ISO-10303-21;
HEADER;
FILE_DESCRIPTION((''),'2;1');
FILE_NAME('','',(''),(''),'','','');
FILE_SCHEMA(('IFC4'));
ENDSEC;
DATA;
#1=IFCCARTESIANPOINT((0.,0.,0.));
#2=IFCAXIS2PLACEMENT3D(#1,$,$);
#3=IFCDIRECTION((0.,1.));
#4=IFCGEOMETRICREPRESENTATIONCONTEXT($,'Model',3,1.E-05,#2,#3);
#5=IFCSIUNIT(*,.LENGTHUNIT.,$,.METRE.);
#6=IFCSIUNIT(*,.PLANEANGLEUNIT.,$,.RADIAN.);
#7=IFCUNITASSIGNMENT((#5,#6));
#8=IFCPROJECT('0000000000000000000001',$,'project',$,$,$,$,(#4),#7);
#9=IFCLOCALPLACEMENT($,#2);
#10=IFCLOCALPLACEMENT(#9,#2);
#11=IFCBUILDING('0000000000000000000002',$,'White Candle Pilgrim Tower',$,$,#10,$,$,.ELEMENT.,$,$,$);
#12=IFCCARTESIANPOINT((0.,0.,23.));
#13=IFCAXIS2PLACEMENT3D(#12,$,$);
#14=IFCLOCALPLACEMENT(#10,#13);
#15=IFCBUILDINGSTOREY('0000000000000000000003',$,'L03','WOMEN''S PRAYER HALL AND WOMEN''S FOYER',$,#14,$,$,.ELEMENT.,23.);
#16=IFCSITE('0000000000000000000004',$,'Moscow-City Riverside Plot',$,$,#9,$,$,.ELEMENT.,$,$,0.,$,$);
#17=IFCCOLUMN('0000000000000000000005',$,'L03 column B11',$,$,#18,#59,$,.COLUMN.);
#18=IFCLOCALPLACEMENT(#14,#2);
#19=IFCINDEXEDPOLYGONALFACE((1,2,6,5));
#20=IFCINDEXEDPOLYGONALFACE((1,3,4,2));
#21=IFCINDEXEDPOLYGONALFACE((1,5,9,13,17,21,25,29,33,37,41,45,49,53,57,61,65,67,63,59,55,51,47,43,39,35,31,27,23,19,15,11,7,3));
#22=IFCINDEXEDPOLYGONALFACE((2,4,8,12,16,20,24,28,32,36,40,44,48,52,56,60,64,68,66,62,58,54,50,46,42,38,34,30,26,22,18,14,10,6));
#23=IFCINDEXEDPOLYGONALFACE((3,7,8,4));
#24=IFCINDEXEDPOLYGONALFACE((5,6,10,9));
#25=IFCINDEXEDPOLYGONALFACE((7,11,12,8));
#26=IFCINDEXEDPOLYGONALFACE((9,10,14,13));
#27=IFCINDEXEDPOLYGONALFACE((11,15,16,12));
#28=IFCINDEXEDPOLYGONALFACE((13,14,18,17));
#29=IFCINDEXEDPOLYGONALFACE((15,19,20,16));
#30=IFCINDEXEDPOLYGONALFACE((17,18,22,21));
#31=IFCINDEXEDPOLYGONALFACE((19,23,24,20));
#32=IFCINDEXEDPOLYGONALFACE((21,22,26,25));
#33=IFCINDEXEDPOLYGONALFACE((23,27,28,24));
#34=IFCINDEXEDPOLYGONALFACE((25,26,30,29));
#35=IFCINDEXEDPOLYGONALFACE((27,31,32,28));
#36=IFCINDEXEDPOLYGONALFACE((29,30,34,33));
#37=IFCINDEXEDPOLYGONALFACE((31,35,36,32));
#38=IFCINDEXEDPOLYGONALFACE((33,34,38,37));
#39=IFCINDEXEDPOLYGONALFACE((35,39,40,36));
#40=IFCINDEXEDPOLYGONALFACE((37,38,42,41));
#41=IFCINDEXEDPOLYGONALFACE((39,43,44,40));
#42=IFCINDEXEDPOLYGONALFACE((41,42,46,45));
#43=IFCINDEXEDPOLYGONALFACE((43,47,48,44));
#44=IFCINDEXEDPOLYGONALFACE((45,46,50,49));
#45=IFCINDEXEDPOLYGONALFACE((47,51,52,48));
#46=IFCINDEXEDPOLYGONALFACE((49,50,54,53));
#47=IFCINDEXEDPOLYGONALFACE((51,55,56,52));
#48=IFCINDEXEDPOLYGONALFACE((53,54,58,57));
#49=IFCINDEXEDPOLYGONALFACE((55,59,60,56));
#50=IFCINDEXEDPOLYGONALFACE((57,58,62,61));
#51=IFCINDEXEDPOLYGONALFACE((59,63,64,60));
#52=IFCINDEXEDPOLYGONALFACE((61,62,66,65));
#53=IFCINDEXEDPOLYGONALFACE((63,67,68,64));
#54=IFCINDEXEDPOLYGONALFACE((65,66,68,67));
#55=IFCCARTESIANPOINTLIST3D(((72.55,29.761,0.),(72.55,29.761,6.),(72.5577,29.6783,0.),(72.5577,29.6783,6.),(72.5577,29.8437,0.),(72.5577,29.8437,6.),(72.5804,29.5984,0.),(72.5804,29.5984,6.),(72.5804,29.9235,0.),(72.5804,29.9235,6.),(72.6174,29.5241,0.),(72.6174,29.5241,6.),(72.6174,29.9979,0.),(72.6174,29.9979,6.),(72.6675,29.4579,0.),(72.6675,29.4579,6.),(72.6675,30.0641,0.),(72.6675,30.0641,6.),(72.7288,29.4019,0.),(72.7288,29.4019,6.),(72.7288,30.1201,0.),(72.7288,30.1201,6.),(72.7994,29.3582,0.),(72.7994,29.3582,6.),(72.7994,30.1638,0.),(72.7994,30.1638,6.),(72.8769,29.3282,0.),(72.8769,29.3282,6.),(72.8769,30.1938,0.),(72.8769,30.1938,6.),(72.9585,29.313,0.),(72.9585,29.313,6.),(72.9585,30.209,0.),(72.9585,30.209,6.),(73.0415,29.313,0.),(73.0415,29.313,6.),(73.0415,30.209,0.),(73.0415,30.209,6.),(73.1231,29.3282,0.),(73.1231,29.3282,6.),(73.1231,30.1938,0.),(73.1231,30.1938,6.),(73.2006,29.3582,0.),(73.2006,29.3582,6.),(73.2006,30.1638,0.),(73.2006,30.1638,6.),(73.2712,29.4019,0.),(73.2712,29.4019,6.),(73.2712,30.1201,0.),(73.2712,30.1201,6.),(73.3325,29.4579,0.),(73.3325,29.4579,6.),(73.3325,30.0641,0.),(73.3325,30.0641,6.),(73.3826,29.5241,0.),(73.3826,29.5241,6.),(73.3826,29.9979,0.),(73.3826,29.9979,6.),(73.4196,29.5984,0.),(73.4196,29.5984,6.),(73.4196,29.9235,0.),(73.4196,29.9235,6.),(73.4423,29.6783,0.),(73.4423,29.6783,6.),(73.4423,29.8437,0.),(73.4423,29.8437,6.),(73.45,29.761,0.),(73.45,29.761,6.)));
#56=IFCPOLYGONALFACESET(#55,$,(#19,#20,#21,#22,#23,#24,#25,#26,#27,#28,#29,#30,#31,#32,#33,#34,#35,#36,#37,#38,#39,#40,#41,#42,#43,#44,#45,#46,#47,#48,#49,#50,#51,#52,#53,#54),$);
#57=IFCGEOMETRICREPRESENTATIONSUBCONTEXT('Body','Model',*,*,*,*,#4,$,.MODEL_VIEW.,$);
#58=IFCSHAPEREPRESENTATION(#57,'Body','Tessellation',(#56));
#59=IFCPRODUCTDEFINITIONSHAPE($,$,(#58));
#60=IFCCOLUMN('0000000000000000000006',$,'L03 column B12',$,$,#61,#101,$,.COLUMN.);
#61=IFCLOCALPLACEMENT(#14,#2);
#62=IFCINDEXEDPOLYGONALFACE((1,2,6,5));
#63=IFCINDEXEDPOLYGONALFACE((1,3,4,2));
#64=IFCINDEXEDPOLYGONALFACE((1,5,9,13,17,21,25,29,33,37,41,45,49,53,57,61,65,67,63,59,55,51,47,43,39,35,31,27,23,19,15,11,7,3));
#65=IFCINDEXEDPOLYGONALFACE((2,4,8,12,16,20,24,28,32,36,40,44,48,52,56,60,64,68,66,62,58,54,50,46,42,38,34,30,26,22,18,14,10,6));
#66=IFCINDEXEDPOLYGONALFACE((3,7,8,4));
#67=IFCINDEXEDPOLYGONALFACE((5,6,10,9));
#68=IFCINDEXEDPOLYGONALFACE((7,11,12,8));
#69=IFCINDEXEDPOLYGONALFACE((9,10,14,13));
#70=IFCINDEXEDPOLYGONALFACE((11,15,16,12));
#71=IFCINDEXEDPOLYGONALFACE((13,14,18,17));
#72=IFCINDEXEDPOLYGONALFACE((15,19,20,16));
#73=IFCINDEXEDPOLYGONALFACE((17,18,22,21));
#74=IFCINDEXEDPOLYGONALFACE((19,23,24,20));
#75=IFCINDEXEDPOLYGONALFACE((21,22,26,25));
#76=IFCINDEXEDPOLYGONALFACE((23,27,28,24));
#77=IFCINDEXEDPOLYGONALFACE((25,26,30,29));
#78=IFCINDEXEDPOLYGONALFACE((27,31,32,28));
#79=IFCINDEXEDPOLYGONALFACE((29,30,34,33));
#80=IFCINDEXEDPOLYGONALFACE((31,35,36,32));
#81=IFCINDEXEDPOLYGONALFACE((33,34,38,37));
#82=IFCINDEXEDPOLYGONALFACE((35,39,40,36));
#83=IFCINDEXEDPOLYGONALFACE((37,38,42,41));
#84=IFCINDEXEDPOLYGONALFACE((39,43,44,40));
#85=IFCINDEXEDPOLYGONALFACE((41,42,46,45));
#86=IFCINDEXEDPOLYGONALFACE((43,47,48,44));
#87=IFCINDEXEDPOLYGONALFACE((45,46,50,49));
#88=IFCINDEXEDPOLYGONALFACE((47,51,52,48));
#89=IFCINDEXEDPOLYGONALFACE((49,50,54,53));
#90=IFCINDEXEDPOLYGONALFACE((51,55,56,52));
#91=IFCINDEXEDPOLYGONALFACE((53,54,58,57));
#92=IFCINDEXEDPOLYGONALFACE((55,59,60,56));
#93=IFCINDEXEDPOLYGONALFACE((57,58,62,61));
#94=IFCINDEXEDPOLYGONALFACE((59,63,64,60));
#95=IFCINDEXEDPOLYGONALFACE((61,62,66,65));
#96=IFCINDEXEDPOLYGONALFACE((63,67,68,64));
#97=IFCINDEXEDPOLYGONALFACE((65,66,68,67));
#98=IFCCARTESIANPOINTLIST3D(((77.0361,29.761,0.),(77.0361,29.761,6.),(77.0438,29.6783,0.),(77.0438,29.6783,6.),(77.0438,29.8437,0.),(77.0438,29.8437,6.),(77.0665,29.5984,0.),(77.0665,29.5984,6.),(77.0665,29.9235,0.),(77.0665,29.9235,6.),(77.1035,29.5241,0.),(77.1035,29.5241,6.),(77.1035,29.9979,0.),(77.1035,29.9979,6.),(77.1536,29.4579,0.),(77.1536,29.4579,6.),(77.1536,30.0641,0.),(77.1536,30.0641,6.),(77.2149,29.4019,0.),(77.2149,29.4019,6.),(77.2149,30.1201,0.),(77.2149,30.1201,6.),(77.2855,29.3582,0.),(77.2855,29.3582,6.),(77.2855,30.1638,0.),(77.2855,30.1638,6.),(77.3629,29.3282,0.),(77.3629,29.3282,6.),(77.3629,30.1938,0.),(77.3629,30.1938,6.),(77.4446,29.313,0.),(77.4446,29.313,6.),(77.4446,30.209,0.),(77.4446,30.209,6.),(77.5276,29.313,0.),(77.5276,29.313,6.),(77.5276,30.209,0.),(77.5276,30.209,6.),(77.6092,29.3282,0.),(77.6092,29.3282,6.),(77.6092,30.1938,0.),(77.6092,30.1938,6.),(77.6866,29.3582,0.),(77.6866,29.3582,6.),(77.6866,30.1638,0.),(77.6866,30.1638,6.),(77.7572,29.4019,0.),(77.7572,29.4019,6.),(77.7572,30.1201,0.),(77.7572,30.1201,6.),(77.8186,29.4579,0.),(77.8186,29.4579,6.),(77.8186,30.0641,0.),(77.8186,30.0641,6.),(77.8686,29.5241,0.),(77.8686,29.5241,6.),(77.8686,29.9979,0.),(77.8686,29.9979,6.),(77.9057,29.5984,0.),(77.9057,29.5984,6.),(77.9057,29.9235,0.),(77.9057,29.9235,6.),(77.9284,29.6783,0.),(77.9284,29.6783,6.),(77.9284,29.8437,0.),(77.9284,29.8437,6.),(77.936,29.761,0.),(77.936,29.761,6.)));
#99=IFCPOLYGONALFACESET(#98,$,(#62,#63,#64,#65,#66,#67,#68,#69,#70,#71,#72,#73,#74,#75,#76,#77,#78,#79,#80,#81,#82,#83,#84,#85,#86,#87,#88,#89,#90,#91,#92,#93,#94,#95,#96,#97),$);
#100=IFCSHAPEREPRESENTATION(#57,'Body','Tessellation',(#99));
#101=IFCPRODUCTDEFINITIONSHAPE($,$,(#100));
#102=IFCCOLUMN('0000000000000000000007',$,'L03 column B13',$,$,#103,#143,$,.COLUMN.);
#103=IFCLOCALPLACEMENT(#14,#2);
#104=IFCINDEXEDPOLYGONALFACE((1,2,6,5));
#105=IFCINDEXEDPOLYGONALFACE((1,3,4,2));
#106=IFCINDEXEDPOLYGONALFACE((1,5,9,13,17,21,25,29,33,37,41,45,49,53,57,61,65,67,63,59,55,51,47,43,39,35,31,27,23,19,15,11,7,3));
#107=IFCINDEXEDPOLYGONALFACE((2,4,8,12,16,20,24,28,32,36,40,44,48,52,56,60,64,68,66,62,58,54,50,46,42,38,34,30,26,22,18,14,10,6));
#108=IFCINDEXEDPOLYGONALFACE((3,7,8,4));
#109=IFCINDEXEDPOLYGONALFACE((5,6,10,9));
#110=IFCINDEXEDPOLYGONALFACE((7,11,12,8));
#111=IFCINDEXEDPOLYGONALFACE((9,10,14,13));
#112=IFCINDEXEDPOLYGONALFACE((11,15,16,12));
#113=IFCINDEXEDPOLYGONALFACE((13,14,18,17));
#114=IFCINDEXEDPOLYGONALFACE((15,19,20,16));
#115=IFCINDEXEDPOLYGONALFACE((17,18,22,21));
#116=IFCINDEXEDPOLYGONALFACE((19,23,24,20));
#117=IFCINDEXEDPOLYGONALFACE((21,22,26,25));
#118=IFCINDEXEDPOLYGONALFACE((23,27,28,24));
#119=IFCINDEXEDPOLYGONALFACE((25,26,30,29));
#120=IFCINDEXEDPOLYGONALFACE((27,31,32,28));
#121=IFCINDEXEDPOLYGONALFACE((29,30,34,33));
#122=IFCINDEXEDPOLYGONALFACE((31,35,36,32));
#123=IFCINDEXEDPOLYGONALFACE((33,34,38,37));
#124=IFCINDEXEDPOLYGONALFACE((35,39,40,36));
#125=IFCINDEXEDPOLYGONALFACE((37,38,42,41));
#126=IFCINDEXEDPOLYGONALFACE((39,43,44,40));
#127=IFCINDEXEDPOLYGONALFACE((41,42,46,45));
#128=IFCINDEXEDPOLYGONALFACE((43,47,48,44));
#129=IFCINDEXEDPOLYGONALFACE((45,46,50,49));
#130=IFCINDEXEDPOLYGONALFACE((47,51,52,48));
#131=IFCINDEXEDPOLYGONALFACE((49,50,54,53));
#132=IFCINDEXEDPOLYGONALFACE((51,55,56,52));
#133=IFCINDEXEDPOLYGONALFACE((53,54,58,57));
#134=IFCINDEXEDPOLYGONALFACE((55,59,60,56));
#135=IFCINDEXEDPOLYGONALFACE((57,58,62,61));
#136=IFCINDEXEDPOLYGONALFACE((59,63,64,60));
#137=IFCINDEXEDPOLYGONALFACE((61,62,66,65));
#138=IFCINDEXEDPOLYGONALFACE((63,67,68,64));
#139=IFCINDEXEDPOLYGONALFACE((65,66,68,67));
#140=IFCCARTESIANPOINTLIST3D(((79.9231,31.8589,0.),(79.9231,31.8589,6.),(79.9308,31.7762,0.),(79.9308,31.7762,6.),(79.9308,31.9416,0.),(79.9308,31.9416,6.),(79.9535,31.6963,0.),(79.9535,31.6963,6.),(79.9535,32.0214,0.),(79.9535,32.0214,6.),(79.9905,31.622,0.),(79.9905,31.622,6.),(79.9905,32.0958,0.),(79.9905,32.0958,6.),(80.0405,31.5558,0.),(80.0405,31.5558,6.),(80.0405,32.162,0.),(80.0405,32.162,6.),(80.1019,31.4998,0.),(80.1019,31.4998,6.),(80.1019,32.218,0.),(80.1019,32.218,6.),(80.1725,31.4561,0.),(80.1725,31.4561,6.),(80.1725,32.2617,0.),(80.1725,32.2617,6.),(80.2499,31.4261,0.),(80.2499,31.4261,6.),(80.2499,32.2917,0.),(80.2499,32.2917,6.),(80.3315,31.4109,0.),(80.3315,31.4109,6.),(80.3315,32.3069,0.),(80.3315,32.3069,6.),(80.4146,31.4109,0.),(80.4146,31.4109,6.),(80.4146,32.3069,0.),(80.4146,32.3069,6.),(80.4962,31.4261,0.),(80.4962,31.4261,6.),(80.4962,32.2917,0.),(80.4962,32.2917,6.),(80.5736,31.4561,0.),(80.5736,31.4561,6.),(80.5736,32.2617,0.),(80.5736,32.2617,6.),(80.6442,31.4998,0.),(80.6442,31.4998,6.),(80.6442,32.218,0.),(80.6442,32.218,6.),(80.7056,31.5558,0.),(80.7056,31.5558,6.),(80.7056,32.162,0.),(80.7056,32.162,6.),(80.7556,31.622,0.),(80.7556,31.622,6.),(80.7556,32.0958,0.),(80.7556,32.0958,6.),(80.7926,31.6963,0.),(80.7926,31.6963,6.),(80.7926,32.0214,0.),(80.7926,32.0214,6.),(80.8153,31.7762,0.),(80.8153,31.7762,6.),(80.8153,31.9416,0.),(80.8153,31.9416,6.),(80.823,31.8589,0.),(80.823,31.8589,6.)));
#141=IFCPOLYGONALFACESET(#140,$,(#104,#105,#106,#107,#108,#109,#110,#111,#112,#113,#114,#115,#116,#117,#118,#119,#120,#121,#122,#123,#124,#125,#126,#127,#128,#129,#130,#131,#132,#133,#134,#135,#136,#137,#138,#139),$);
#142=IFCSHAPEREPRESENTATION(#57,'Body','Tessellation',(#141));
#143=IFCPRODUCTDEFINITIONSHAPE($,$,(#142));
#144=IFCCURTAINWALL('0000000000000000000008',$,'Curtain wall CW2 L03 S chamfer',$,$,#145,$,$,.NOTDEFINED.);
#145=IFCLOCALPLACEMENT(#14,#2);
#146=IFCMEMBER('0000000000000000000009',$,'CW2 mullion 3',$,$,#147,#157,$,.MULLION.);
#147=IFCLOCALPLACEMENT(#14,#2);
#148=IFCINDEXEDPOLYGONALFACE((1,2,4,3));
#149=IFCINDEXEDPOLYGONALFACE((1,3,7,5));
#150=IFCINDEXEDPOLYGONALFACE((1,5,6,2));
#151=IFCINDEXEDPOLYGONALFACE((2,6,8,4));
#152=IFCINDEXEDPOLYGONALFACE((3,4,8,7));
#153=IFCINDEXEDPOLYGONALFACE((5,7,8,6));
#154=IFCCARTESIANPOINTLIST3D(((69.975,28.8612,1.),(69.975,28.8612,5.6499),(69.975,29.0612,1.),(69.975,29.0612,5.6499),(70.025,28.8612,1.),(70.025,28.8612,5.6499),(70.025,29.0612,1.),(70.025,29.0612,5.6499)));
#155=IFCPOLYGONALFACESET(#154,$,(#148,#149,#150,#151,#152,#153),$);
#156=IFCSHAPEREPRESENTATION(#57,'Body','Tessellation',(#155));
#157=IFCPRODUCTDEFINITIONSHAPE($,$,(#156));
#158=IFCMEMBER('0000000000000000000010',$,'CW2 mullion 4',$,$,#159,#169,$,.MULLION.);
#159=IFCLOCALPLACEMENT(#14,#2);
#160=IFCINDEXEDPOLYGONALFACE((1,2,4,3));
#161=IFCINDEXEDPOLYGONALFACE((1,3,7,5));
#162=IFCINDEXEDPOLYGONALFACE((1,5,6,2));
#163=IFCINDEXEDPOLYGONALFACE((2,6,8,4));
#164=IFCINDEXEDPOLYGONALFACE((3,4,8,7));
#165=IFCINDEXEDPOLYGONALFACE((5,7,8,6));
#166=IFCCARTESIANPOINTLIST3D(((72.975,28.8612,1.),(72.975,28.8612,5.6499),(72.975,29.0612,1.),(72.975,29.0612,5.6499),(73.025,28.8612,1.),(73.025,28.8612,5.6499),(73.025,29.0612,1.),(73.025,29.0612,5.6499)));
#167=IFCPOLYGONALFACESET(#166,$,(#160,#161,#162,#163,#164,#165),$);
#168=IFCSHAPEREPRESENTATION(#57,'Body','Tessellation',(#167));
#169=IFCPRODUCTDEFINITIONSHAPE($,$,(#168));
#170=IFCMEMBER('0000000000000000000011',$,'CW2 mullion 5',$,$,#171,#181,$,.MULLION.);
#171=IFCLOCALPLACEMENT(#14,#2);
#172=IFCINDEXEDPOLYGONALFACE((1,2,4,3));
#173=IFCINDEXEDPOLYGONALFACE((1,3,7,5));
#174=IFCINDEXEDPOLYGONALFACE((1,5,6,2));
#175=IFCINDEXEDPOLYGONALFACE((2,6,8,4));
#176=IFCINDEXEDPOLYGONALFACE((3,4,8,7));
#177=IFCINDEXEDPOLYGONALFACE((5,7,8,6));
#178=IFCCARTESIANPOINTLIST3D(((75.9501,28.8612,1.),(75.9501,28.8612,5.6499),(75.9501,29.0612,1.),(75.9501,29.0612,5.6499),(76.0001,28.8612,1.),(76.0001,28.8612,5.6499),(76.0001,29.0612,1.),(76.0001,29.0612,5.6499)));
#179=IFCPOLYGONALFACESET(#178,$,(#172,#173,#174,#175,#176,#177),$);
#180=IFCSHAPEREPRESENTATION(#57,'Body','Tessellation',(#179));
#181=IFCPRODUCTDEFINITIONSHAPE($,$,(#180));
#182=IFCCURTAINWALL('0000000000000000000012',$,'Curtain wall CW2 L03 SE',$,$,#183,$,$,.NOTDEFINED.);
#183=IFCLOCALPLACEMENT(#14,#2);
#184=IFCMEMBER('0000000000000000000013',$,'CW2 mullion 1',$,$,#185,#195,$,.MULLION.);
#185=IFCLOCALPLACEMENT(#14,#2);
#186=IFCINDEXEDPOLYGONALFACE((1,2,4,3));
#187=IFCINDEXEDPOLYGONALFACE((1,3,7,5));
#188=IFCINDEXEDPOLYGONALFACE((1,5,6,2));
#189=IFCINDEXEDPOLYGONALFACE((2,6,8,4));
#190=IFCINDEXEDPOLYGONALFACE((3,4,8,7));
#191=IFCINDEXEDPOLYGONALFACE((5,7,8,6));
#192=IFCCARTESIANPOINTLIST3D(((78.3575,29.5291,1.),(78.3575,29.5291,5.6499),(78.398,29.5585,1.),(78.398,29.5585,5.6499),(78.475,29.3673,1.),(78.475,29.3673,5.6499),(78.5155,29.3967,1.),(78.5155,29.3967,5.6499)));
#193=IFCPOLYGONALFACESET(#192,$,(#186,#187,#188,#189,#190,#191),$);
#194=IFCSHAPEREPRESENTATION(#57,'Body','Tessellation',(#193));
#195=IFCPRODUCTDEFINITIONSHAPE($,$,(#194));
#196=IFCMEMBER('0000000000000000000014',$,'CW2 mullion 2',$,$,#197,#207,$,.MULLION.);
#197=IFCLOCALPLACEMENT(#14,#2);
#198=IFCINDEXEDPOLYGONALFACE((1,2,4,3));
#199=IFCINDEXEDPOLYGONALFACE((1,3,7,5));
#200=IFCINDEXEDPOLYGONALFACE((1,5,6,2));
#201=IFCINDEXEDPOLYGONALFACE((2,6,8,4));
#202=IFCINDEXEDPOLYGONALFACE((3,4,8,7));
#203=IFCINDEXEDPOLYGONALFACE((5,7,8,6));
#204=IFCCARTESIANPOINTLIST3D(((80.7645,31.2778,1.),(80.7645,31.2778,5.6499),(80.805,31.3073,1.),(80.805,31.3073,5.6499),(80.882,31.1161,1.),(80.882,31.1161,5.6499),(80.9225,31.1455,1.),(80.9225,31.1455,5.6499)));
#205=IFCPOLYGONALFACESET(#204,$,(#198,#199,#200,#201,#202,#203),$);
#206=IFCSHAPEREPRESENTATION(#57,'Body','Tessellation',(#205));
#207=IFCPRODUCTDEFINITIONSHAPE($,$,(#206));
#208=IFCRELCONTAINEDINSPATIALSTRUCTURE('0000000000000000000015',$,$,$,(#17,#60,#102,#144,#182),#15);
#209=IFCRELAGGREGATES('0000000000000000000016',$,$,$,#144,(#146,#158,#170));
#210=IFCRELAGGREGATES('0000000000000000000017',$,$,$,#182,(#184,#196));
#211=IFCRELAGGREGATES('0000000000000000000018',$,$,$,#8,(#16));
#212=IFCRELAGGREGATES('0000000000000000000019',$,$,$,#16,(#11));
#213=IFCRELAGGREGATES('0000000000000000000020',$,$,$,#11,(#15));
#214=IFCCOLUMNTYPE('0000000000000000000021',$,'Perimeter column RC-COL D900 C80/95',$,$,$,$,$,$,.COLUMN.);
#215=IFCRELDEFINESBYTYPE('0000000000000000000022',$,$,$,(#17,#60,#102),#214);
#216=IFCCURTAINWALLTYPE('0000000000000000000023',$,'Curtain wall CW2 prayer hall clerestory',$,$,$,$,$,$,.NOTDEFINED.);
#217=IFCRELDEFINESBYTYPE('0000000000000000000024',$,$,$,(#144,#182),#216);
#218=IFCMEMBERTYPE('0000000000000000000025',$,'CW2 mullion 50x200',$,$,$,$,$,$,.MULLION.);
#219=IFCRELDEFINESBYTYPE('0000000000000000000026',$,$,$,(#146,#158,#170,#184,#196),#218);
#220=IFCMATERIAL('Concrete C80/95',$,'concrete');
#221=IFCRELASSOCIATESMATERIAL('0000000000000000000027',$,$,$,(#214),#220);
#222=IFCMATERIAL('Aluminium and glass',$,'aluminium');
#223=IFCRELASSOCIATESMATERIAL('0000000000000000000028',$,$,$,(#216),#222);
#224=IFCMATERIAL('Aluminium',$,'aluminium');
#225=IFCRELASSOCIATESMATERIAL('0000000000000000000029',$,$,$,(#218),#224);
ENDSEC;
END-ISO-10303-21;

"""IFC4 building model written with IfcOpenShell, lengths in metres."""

from ifc_helpers import new_model, si_unit, direction, frame, origin, origin_2d, place, context, subcontext, project, spatial, rectangle, circle, extrude, material, material_profile, profile_set, type_object, element, aggregate, save


model = new_model("IFC4")

# Units and contexts
model_context = context("Model", 3, precision=1e-05, world=origin(), true_north=direction((0.0, 1.0)))
body_context = subcontext(model_context, "Body", "Model", "MODEL_VIEW")
ifc_project = project(units=[si_unit("LENGTHUNIT", "METRE"), si_unit("PLANEANGLEUNIT", "RADIAN")], contexts=[model_context])

# Site, building, storey
site_placement = place(None, origin())
site = spatial("IfcSite", under=ifc_project, at=site_placement, Name="Moscow-City Riverside Plot", CompositionType="ELEMENT", RefElevation=0.0)
building_placement = place(site_placement, origin())
building = spatial("IfcBuilding", under=site, at=building_placement, Name="White Candle Pilgrim Tower", CompositionType="ELEMENT")
storey_placement = place(building_placement, frame((0.0, 0.0, 23.0)))
storey = spatial("IfcBuildingStorey", under=building, at=storey_placement, Name="L03", Description="WOMEN'S PRAYER HALL AND WOMEN'S FOYER", CompositionType="ELEMENT", Elevation=23.0)

# Columns
ifc_material_1 = material(Name="Concrete C80/95", Category="concrete")
ifc_material_profile_1 = material_profile(ifc_material_1, circle(Radius=0.45, at=origin_2d()), Name="RC-COL D900")
ifc_profile_set_1 = profile_set([ifc_material_profile_1], Name="Concrete C80/95")
column_type = type_object("IfcColumnType", Name="Perimeter column RC-COL D900 C80/95", PredefinedType="COLUMN", material=ifc_profile_set_1)
for number, where, z_axis, x_axis, name in (
    (1, (73.0, 29.761, 0.0), (0.0, 0.0, 1.0), (1.0, 0.0, 0.0), "L03 column B11"),
    (2, (77.4861, 29.761, 0.0), (0.0, 0.0, 1.0), (1.0, 0.0, 0.0), "L03 column B12"),
    (3, (80.373, 31.8589, 0.0), (0.0, 0.0, 1.0), (1.0, 0.0, 0.0), "L03 column B13"),
):
    element("IfcColumn", number, at=place(storey_placement, frame(where, z_axis=z_axis, x_axis=x_axis)), inside=storey, type_object=column_type, Name=name, PredefinedType="COLUMN", context=body_context, shape_type="SweptSolid", body=[
        extrude(circle(Radius=0.45, at=origin_2d()), origin(), (0.0, 0.0, 1.0), 6.0),
    ])

# Curtain walls, members
ifc_material_2 = material(Name="Aluminium and glass", Category="aluminium")
curtain_wall_type = type_object("IfcCurtainWallType", Name="Curtain wall CW2 prayer hall clerestory", PredefinedType="NOTDEFINED", material=ifc_material_2)
curtain_wall_1_placement = place(storey_placement, origin())
curtain_wall_1 = element("IfcCurtainWall", 4, at=curtain_wall_1_placement, inside=storey, type_object=curtain_wall_type, Name="Curtain wall CW2 L03 S chamfer", PredefinedType="NOTDEFINED")
ifc_material_3 = material(Name="Aluminium", Category="aluminium")
ifc_material_profile_2 = material_profile(ifc_material_3, rectangle(XDim=0.2, YDim=0.05, at=origin_2d()), Name="CW2 mullion 50x200")
ifc_profile_set_2 = profile_set([ifc_material_profile_2], Name="Aluminium")
member_type_1 = type_object("IfcMemberType", Name="CW2 mullion 50x200", PredefinedType="MULLION", material=ifc_profile_set_2)
member_1_placement = place(storey_placement, frame((70.0, 28.9612, 1.0), z_axis=(0.0, 0.0, 1.0), x_axis=(0.0, 1.0, 0.0)))
member_1 = element("IfcMember", 5, at=member_1_placement, type_object=member_type_1, Name="CW2 mullion 3", PredefinedType="MULLION", context=body_context, shape_type="SweptSolid", body=[
    extrude(rectangle(XDim=0.2, YDim=0.05, at=origin_2d()), origin(), (0.0, 0.0, 1.0), 4.6499),
])
member_2_placement = place(storey_placement, frame((73.0, 28.9612, 1.0), z_axis=(0.0, 0.0, 1.0), x_axis=(0.0, 1.0, 0.0)))
member_2 = element("IfcMember", 6, at=member_2_placement, type_object=member_type_1, Name="CW2 mullion 4", PredefinedType="MULLION", context=body_context, shape_type="SweptSolid", body=[
    extrude(rectangle(XDim=0.2, YDim=0.05, at=origin_2d()), origin(), (0.0, 0.0, 1.0), 4.6499),
])
member_3_placement = place(storey_placement, frame((75.9751, 28.9612, 1.0), z_axis=(0.0, 0.0, 1.0), x_axis=(0.0, 1.0, 0.0)))
member_3 = element("IfcMember", 7, at=member_3_placement, type_object=member_type_1, Name="CW2 mullion 5", PredefinedType="MULLION", context=body_context, shape_type="SweptSolid", body=[
    extrude(rectangle(XDim=0.2, YDim=0.05, at=origin_2d()), origin(), (0.0, 0.0, 1.0), 4.6499),
])
curtain_wall_2_placement = place(storey_placement, origin())
curtain_wall_2 = element("IfcCurtainWall", 8, at=curtain_wall_2_placement, inside=storey, type_object=curtain_wall_type, Name="Curtain wall CW2 L03 SE", PredefinedType="NOTDEFINED")
member_4_placement = place(storey_placement, frame((78.4365, 29.4629, 1.0), z_axis=(0.0, 0.0, 1.0), x_axis=(-0.587785, 0.809017, 0.0)))
member_4 = element("IfcMember", 9, at=member_4_placement, type_object=member_type_1, Name="CW2 mullion 1", PredefinedType="MULLION", context=body_context, shape_type="SweptSolid", body=[
    extrude(rectangle(XDim=0.2, YDim=0.05, at=origin_2d()), origin(), (0.0, 0.0, 1.0), 4.6499),
])
member_5_placement = place(storey_placement, frame((80.8435, 31.2117, 1.0), z_axis=(0.0, 0.0, 1.0), x_axis=(-0.587785, 0.809017, 0.0)))
member_5 = element("IfcMember", 10, at=member_5_placement, type_object=member_type_1, Name="CW2 mullion 2", PredefinedType="MULLION", context=body_context, shape_type="SweptSolid", body=[
    extrude(rectangle(XDim=0.2, YDim=0.05, at=origin_2d()), origin(), (0.0, 0.0, 1.0), 4.6499),
])

aggregate(curtain_wall_1, [member_1, member_2, member_3])
aggregate(curtain_wall_2, [member_4, member_5])

save(model, "model.ifc")
